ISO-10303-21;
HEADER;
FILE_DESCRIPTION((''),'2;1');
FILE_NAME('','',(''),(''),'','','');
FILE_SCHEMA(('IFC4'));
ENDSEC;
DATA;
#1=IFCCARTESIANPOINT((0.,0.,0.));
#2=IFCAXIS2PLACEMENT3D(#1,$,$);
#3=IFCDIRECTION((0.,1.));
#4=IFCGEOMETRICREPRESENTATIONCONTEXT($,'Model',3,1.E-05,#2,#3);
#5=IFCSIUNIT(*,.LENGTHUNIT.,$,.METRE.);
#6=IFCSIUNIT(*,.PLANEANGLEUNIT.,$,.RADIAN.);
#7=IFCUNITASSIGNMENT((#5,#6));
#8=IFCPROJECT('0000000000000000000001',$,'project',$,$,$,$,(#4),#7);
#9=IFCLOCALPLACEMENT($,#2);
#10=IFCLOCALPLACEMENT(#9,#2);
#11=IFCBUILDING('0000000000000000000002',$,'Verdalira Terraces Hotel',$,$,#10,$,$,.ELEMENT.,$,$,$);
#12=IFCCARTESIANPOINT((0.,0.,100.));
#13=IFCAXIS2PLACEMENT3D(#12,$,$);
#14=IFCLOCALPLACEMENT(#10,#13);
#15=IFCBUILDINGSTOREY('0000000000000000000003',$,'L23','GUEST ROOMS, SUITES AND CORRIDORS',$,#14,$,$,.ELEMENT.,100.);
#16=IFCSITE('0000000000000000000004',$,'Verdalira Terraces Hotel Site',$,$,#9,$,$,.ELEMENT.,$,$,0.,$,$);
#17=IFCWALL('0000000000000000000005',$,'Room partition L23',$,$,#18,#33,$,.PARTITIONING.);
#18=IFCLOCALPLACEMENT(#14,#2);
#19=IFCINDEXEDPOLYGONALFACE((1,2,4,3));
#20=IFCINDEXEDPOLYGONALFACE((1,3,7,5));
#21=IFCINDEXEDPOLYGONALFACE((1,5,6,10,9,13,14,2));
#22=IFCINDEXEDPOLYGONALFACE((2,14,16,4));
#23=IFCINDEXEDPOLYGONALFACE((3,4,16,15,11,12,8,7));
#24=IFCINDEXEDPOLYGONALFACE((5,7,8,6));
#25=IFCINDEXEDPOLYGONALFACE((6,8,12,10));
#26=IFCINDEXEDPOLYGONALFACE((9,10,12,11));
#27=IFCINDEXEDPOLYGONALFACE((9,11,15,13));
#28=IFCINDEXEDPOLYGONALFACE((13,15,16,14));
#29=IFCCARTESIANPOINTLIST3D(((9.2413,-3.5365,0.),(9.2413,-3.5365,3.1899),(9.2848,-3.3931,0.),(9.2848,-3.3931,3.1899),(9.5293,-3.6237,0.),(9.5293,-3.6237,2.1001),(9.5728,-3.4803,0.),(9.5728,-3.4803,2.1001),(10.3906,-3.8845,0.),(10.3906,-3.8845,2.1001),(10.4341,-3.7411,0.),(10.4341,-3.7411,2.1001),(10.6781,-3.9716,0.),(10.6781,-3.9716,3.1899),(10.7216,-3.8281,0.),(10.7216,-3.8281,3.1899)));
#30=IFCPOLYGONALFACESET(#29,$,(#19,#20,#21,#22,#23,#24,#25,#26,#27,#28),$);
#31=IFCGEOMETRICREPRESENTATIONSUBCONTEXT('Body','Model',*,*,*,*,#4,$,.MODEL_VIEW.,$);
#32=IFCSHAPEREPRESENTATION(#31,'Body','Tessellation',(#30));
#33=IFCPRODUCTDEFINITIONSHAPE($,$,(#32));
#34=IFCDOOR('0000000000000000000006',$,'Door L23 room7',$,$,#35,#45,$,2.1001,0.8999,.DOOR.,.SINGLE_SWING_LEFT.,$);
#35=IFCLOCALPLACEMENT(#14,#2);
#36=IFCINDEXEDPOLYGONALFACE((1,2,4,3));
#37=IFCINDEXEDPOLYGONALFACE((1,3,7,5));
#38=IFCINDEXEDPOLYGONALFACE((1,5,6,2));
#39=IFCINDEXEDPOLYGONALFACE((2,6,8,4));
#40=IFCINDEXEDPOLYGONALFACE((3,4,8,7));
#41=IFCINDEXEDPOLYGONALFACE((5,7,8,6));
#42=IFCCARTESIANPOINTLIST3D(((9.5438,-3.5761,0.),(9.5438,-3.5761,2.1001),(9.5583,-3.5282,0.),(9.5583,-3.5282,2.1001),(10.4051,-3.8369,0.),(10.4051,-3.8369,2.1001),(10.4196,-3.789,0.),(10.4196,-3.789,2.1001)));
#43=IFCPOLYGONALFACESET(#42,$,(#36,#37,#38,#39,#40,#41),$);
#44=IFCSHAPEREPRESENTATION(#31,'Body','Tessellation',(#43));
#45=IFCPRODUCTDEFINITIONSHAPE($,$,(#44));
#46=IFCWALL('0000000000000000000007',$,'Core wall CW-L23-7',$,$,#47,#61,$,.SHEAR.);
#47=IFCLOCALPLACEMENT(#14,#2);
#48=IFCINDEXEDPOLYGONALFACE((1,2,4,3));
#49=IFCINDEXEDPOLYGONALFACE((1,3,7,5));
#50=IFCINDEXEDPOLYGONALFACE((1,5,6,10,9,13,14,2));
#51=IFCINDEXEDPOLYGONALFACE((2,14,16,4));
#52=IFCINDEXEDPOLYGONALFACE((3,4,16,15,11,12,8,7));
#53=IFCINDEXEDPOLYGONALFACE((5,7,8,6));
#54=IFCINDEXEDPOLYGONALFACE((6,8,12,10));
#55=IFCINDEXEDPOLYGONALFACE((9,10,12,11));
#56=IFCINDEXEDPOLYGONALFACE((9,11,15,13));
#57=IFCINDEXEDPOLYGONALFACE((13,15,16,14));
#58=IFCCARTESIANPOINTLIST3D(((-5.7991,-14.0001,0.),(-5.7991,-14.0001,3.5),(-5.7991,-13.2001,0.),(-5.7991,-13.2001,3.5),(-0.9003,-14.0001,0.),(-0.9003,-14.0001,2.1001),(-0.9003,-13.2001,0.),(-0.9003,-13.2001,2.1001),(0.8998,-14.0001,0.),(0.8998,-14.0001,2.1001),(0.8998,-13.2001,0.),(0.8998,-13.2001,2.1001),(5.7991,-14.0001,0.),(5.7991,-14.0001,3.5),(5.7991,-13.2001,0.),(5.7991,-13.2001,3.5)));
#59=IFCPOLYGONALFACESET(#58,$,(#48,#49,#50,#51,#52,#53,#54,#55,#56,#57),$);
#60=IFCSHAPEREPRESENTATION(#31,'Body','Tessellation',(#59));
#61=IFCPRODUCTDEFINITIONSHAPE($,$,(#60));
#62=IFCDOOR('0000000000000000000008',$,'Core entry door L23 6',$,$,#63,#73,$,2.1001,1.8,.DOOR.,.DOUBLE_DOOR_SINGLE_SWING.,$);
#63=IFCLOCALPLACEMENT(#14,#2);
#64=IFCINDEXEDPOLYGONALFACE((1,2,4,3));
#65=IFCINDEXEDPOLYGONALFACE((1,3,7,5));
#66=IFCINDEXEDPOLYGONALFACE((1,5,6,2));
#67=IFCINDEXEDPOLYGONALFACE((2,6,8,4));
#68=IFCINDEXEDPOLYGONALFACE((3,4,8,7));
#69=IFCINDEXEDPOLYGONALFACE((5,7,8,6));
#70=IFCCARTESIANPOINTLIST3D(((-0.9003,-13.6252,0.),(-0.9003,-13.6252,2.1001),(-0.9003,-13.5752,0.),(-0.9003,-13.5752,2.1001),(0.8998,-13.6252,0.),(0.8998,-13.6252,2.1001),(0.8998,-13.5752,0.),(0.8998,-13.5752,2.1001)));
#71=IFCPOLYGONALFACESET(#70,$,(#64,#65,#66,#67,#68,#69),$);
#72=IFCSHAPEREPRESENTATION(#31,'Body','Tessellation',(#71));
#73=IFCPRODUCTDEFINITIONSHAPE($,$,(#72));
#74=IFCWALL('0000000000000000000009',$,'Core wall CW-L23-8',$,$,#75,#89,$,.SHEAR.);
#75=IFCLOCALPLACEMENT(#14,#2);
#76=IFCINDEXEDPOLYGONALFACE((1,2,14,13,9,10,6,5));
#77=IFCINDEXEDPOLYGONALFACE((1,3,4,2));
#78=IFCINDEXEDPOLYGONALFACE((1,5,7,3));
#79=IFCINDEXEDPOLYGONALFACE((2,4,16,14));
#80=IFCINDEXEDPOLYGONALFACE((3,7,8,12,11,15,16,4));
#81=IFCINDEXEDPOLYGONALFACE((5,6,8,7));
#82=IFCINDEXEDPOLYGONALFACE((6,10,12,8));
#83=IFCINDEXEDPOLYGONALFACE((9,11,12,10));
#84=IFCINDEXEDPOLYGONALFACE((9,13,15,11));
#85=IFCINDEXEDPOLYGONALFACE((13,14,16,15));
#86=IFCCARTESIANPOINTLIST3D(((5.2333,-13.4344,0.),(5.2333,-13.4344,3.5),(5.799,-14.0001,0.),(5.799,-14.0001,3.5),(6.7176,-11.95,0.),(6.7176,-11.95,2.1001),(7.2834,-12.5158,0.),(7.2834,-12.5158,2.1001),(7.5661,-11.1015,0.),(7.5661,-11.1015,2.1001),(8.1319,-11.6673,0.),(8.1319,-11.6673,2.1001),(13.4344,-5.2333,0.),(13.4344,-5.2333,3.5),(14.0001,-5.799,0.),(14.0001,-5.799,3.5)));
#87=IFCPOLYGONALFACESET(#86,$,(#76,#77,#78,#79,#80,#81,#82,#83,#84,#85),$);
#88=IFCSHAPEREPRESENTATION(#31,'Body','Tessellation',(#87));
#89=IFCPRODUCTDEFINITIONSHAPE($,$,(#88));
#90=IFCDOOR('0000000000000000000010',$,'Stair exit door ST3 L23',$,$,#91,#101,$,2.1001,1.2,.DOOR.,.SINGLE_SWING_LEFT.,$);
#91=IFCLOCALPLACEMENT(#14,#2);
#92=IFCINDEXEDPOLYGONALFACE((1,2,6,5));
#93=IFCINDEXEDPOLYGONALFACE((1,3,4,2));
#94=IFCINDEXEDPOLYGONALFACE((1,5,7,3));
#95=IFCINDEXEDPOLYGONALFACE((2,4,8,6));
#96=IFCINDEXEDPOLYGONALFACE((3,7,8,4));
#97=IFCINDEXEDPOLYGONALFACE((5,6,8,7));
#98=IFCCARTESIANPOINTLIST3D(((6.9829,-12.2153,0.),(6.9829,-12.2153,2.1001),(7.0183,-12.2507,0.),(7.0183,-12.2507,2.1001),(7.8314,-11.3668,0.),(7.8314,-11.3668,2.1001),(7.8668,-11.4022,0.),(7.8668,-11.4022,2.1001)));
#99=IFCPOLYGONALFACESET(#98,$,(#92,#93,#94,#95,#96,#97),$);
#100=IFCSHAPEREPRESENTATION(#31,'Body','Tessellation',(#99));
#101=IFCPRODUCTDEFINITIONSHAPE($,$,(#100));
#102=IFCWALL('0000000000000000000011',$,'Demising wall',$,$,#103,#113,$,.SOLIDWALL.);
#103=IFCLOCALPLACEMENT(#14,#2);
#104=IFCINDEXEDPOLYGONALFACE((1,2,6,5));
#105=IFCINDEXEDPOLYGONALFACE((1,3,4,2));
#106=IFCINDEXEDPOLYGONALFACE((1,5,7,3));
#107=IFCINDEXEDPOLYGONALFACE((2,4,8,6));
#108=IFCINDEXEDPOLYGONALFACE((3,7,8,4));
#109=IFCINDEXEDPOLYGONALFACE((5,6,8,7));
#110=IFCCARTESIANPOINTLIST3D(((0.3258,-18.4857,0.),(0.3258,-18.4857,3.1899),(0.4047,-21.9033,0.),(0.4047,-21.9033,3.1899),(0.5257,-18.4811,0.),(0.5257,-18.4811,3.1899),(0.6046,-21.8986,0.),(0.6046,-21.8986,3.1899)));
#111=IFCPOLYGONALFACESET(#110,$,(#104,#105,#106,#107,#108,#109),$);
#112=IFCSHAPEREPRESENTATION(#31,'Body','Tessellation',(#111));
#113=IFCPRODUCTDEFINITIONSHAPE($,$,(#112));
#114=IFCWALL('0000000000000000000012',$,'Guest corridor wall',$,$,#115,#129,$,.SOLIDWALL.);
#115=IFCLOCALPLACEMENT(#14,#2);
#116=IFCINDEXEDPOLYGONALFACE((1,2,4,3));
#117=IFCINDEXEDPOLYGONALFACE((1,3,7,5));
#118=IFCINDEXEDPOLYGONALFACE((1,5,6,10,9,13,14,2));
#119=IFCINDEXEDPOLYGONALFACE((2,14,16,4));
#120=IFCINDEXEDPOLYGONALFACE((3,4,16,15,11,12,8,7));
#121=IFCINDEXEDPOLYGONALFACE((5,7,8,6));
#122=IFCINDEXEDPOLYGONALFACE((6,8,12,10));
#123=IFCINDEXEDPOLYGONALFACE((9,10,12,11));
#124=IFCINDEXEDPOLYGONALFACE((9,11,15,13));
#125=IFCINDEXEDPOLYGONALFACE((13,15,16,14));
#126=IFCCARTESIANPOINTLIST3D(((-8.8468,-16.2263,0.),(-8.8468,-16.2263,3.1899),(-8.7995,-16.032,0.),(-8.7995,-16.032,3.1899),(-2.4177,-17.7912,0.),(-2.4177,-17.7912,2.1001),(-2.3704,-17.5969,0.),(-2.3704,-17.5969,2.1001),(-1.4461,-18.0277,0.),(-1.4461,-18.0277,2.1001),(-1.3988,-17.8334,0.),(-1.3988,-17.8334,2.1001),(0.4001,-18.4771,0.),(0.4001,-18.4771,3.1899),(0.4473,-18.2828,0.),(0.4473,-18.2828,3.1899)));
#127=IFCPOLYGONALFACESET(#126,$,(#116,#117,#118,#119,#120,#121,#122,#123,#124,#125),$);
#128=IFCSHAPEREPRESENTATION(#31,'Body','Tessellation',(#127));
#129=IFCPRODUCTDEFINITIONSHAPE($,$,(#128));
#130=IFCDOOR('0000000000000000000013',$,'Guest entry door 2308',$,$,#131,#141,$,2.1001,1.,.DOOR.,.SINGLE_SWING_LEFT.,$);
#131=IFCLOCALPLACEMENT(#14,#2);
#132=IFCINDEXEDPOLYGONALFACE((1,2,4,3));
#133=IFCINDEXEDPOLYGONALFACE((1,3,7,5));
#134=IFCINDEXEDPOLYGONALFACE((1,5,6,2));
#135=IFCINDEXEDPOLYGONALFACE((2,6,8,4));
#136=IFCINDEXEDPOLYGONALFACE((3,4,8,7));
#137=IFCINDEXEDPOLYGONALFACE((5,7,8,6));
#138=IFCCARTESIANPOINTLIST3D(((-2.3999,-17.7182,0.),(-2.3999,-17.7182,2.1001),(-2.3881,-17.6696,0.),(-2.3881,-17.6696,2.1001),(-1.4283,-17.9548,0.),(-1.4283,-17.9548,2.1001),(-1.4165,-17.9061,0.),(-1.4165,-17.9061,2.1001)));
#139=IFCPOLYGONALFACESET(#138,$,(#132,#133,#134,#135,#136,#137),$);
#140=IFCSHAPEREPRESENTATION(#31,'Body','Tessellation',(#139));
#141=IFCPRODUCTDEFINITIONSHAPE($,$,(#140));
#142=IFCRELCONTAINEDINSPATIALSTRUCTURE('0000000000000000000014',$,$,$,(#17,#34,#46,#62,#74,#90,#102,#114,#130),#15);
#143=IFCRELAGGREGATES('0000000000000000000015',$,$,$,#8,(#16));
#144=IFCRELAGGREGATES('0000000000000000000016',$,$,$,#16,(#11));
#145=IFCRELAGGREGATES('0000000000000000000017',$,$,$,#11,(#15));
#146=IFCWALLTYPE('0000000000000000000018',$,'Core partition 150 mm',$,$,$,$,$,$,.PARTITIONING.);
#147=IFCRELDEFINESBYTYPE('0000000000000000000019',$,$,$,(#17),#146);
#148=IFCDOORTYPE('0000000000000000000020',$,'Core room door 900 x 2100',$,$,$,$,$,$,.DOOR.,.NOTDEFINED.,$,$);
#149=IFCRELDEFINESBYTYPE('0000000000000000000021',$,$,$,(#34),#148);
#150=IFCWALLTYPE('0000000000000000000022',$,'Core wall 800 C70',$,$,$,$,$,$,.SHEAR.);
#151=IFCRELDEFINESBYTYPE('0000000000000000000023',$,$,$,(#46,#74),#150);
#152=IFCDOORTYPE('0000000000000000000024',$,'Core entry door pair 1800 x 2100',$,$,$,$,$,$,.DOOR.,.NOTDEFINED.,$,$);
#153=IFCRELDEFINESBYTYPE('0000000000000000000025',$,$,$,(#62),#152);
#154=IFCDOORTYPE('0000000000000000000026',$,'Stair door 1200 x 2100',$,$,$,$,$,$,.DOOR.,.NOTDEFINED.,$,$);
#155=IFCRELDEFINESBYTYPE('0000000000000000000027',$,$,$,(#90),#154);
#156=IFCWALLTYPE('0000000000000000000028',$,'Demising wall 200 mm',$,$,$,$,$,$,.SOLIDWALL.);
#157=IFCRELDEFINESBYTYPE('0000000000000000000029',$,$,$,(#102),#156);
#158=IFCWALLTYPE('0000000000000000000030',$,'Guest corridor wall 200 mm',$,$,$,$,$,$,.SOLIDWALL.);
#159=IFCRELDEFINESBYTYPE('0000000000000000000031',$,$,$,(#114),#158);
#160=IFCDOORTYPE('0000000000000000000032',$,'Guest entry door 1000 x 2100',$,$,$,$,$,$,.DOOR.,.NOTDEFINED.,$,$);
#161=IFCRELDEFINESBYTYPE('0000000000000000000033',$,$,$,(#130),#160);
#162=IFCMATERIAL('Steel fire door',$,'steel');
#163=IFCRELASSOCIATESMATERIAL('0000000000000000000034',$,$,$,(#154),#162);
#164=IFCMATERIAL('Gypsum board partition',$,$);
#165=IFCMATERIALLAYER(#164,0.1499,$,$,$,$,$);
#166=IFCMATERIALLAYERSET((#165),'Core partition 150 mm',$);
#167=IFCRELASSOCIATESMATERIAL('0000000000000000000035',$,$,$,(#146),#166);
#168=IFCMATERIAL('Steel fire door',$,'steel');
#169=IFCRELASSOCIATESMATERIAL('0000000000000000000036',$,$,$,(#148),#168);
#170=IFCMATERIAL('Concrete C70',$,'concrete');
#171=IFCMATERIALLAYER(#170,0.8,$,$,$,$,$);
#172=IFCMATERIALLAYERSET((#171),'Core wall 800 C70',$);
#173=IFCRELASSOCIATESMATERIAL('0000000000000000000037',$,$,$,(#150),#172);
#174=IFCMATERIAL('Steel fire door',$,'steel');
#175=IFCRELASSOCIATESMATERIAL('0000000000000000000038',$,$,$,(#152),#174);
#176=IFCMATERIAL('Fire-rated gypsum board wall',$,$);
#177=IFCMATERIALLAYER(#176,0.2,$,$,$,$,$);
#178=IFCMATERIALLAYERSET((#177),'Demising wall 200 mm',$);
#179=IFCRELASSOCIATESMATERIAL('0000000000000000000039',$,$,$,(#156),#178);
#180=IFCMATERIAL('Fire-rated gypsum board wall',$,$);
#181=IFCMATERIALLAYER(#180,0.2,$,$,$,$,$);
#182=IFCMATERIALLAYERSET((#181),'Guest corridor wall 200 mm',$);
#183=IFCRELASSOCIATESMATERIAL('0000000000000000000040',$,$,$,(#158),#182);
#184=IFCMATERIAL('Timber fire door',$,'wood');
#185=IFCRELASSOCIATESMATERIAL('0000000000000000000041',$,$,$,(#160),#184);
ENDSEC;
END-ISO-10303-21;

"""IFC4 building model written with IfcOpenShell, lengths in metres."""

from ifc_helpers import new_model, si_unit, direction, frame, frame_2d, origin, place, context, subcontext, project, spatial, rectangle, extrude, material, layer, layer_set, type_object, element, fill, save


model = new_model("IFC4")

# Units and contexts
model_context = context("Model", 3, precision=1e-05, world=origin(), true_north=direction((0.0, 1.0)))
body_context = subcontext(model_context, "Body", "Model", "MODEL_VIEW")
ifc_project = project(units=[si_unit("LENGTHUNIT", "METRE"), si_unit("PLANEANGLEUNIT", "RADIAN")], contexts=[model_context])

# Site, building, storey
site_placement = place(None, origin())
site = spatial("IfcSite", under=ifc_project, at=site_placement, Name="Verdalira Terraces Hotel Site", CompositionType="ELEMENT", RefElevation=0.0)
building_placement = place(site_placement, origin())
building = spatial("IfcBuilding", under=site, at=building_placement, Name="Verdalira Terraces Hotel", CompositionType="ELEMENT")
storey_placement = place(building_placement, frame((0.0, 0.0, 100.0)))
storey = spatial("IfcBuildingStorey", under=building, at=storey_placement, Name="L23", Description="GUEST ROOMS, SUITES AND CORRIDORS", CompositionType="ELEMENT", Elevation=100.0)

# Shared definitions
ifc_material_1 = material(Name="Steel fire door", Category="steel")
door_type_1 = type_object("IfcDoorType", Name="Stair door 1200 x 2100", OperationType="NOTDEFINED", PredefinedType="DOOR", material=ifc_material_1)

# Walls, openings, doors
ifc_material_2 = material(Name="Gypsum board partition")
ifc_layer_1 = layer(ifc_material_2, 0.1499)
ifc_layer_set_1 = layer_set([ifc_layer_1], Name="Core partition 150 mm")
wall_type_1 = type_object("IfcWallType", Name="Core partition 150 mm", PredefinedType="PARTITIONING", material=ifc_layer_set_1)
ifc_material_3 = material(Name="Steel fire door", Category="steel")
door_type_2 = type_object("IfcDoorType", Name="Core room door 900 x 2100", OperationType="NOTDEFINED", PredefinedType="DOOR", material=ifc_material_3)
wall_1_placement = place(storey_placement, frame((9.2632, -3.4648, 0.0), z_axis=(0.0, 0.0, 1.0), x_axis=(0.957085, -0.289809, 0.0)))
wall_1 = element("IfcWall", 1, at=wall_1_placement, inside=storey, type_object=wall_type_1, Name="Room partition L23", PredefinedType="PARTITIONING", context=body_context, shape_type="SweptSolid", body=[
    extrude(rectangle(XDim=1.5012, YDim=0.1499, at=frame_2d((0.7505, 0.0))), origin(), (0.0, 0.0, 1.0), 3.1899),
])
opening_1_placement = place(wall_1_placement, frame((0.3008, 0.0, 0.0)))
opening_1 = element("IfcOpeningElement", 2, at=opening_1_placement, cuts=wall_1, PredefinedType="OPENING", context=body_context, shape_type="SweptSolid", body=[
    extrude(rectangle(XDim=0.8999, YDim=2.1001, at=frame_2d((0.45, 1.05))), frame((0.0, 0.085, 0.0), z_axis=(0.0, -1.0, 0.0), x_axis=(1.0, 0.0, 0.0)), (0.0, 0.0, 1.0), 0.1699),
])
door_1_placement = place(opening_1_placement, origin())
door_1 = element("IfcDoor", 3, at=door_1_placement, inside=storey, type_object=door_type_2, Name="Door L23 room7", OperationType="SINGLE_SWING_LEFT", OverallHeight=2.1001, OverallWidth=0.8999, PredefinedType="DOOR", context=body_context, shape_type="SweptSolid", body=[
    extrude(rectangle(XDim=0.8999, YDim=2.1001, at=frame_2d((0.45, 1.05))), frame((0.0, 0.0249, 0.0), z_axis=(0.0, -1.0, 0.0), x_axis=(1.0, 0.0, 0.0)), (0.0, 0.0, 1.0), 0.05),
])
fill(opening_1, door_1)
ifc_material_4 = material(Name="Concrete C70", Category="concrete")
ifc_layer_2 = layer(ifc_material_4, 0.8)
ifc_layer_set_2 = layer_set([ifc_layer_2], Name="Core wall 800 C70")
wall_type_2 = type_object("IfcWallType", Name="Core wall 800 C70", PredefinedType="SHEAR", material=ifc_layer_set_2)
wall_2_placement = place(storey_placement, frame((-5.7991, -13.6001, 0.0), z_axis=(0.0, 0.0, 1.0), x_axis=(1.0, 0.0, 0.0)))
wall_2 = element("IfcWall", 4, at=wall_2_placement, inside=storey, type_object=wall_type_2, Name="Core wall CW-L23-7", PredefinedType="SHEAR", context=body_context, shape_type="SweptSolid", body=[
    extrude(rectangle(XDim=11.5981, YDim=0.8, at=frame_2d((5.7991, 0.0))), origin(), (0.0, 0.0, 1.0), 3.5),
])
opening_2_placement = place(wall_2_placement, frame((4.8989, 0.0, 0.0)))
opening_2 = element("IfcOpeningElement", 5, at=opening_2_placement, cuts=wall_2, PredefinedType="OPENING", context=body_context, shape_type="SweptSolid", body=[
    extrude(rectangle(XDim=1.8, YDim=2.1001, at=frame_2d((0.8999, 1.05))), frame((0.0, 0.4099, 0.0), z_axis=(0.0, -1.0, 0.0), x_axis=(1.0, 0.0, 0.0)), (0.0, 0.0, 1.0), 0.8201),
])
ifc_material_5 = material(Name="Steel fire door", Category="steel")
door_type_3 = type_object("IfcDoorType", Name="Core entry door pair 1800 x 2100", OperationType="NOTDEFINED", PredefinedType="DOOR", material=ifc_material_5)
door_2_placement = place(opening_2_placement, origin())
door_2 = element("IfcDoor", 6, at=door_2_placement, inside=storey, type_object=door_type_3, Name="Core entry door L23 6", OperationType="DOUBLE_DOOR_SINGLE_SWING", OverallHeight=2.1001, OverallWidth=1.8, PredefinedType="DOOR", context=body_context, shape_type="SweptSolid", body=[
    extrude(rectangle(XDim=1.8, YDim=2.1001, at=frame_2d((0.8999, 1.05))), frame((0.0, 0.0249, 0.0), z_axis=(0.0, -1.0, 0.0), x_axis=(1.0, 0.0, 0.0)), (0.0, 0.0, 1.0), 0.05),
])
fill(opening_2, door_2)
wall_3_placement = place(storey_placement, frame((5.5161, -13.7173, 0.0), z_axis=(0.0, 0.0, 1.0), x_axis=(0.707107, 0.707107, 0.0)))
wall_3 = element("IfcWall", 7, at=wall_3_placement, inside=storey, type_object=wall_type_2, Name="Core wall CW-L23-8", PredefinedType="SHEAR", context=body_context, shape_type="SweptSolid", body=[
    extrude(rectangle(XDim=11.5981, YDim=0.8, at=frame_2d((5.7991, 0.0))), origin(), (0.0, 0.0, 1.0), 3.5),
])
opening_3_placement = place(wall_3_placement, frame((2.0991, 0.0, 0.0)))
opening_3 = element("IfcOpeningElement", 8, at=opening_3_placement, cuts=wall_3, PredefinedType="OPENING", context=body_context, shape_type="SweptSolid", body=[
    extrude(rectangle(XDim=1.2, YDim=2.1001, at=frame_2d((0.6001, 1.05))), frame((0.0, 0.4099, 0.0), z_axis=(0.0, -1.0, 0.0), x_axis=(1.0, 0.0, 0.0)), (0.0, 0.0, 1.0), 0.8201),
])
door_3_placement = place(opening_3_placement, origin())
door_3 = element("IfcDoor", 9, at=door_3_placement, inside=storey, type_object=door_type_1, Name="Stair exit door ST3 L23", OperationType="SINGLE_SWING_LEFT", OverallHeight=2.1001, OverallWidth=1.2, PredefinedType="DOOR", context=body_context, shape_type="SweptSolid", body=[
    extrude(rectangle(XDim=1.2, YDim=2.1001, at=frame_2d((0.6001, 1.05))), frame((0.0, 0.0249, 0.0), z_axis=(0.0, -1.0, 0.0), x_axis=(1.0, 0.0, 0.0)), (0.0, 0.0, 1.0), 0.05),
])
fill(opening_3, door_3)

# Wall
ifc_material_6 = material(Name="Fire-rated gypsum board wall")
ifc_layer_3 = layer(ifc_material_6, 0.2)
ifc_layer_set_3 = layer_set([ifc_layer_3], Name="Demising wall 200 mm")
wall_type_3 = type_object("IfcWallType", Name="Demising wall 200 mm", PredefinedType="SOLIDWALL", material=ifc_layer_set_3)
wall_4_placement = place(storey_placement, frame((0.4258, -18.4834, 0.0), z_axis=(0.0, 0.0, 1.0), x_axis=(0.023069, -0.999734, 0.0)))
element("IfcWall", 10, at=wall_4_placement, inside=storey, type_object=wall_type_3, Name="Demising wall", PredefinedType="SOLIDWALL", context=body_context, shape_type="SweptSolid", body=[
    extrude(rectangle(XDim=3.4185, YDim=0.2, at=frame_2d((1.7092, 0.0))), origin(), (0.0, 0.0, 1.0), 3.1899),
])

# Wall, opening, door
ifc_material_7 = material(Name="Fire-rated gypsum board wall")
ifc_layer_4 = layer(ifc_material_7, 0.2)
ifc_layer_set_4 = layer_set([ifc_layer_4], Name="Guest corridor wall 200 mm")
wall_type_4 = type_object("IfcWallType", Name="Guest corridor wall 200 mm", PredefinedType="SOLIDWALL", material=ifc_layer_set_4)
wall_5_placement = place(storey_placement, frame((0.4236, -18.3799, 0.0), z_axis=(0.0, 0.0, 1.0), x_axis=(-0.971631, 0.236501, 0.0)))
wall_5 = element("IfcWall", 11, at=wall_5_placement, inside=storey, type_object=wall_type_4, Name="Guest corridor wall", PredefinedType="SOLIDWALL", context=body_context, shape_type="SweptSolid", body=[
    extrude(rectangle(XDim=9.5168, YDim=0.2, at=frame_2d((4.7583, 0.0))), origin(), (0.0, 0.0, 1.0), 3.1899),
])
opening_4_placement = place(wall_5_placement, frame((1.8999, 0.0, 0.0)))
opening_4 = element("IfcOpeningElement", 12, at=opening_4_placement, cuts=wall_5, PredefinedType="OPENING", context=body_context, shape_type="SweptSolid", body=[
    extrude(rectangle(XDim=1.0, YDim=2.1001, at=frame_2d((0.5, 1.05))), frame((0.0, 0.1099, 0.0), z_axis=(0.0, -1.0, 0.0), x_axis=(1.0, 0.0, 0.0)), (0.0, 0.0, 1.0), 0.22),
])
ifc_material_8 = material(Name="Timber fire door", Category="wood")
door_type_4 = type_object("IfcDoorType", Name="Guest entry door 1000 x 2100", OperationType="NOTDEFINED", PredefinedType="DOOR", material=ifc_material_8)
door_4_placement = place(opening_4_placement, origin())
door_4 = element("IfcDoor", 13, at=door_4_placement, inside=storey, type_object=door_type_4, Name="Guest entry door 2308", OperationType="SINGLE_SWING_LEFT", OverallHeight=2.1001, OverallWidth=1.0, PredefinedType="DOOR", context=body_context, shape_type="SweptSolid", body=[
    extrude(rectangle(XDim=1.0, YDim=2.1001, at=frame_2d((0.5, 1.05))), frame((0.0, 0.0249, 0.0), z_axis=(0.0, -1.0, 0.0), x_axis=(1.0, 0.0, 0.0)), (0.0, 0.0, 1.0), 0.05),
])
fill(opening_4, door_4)

save(model, "model.ifc")
